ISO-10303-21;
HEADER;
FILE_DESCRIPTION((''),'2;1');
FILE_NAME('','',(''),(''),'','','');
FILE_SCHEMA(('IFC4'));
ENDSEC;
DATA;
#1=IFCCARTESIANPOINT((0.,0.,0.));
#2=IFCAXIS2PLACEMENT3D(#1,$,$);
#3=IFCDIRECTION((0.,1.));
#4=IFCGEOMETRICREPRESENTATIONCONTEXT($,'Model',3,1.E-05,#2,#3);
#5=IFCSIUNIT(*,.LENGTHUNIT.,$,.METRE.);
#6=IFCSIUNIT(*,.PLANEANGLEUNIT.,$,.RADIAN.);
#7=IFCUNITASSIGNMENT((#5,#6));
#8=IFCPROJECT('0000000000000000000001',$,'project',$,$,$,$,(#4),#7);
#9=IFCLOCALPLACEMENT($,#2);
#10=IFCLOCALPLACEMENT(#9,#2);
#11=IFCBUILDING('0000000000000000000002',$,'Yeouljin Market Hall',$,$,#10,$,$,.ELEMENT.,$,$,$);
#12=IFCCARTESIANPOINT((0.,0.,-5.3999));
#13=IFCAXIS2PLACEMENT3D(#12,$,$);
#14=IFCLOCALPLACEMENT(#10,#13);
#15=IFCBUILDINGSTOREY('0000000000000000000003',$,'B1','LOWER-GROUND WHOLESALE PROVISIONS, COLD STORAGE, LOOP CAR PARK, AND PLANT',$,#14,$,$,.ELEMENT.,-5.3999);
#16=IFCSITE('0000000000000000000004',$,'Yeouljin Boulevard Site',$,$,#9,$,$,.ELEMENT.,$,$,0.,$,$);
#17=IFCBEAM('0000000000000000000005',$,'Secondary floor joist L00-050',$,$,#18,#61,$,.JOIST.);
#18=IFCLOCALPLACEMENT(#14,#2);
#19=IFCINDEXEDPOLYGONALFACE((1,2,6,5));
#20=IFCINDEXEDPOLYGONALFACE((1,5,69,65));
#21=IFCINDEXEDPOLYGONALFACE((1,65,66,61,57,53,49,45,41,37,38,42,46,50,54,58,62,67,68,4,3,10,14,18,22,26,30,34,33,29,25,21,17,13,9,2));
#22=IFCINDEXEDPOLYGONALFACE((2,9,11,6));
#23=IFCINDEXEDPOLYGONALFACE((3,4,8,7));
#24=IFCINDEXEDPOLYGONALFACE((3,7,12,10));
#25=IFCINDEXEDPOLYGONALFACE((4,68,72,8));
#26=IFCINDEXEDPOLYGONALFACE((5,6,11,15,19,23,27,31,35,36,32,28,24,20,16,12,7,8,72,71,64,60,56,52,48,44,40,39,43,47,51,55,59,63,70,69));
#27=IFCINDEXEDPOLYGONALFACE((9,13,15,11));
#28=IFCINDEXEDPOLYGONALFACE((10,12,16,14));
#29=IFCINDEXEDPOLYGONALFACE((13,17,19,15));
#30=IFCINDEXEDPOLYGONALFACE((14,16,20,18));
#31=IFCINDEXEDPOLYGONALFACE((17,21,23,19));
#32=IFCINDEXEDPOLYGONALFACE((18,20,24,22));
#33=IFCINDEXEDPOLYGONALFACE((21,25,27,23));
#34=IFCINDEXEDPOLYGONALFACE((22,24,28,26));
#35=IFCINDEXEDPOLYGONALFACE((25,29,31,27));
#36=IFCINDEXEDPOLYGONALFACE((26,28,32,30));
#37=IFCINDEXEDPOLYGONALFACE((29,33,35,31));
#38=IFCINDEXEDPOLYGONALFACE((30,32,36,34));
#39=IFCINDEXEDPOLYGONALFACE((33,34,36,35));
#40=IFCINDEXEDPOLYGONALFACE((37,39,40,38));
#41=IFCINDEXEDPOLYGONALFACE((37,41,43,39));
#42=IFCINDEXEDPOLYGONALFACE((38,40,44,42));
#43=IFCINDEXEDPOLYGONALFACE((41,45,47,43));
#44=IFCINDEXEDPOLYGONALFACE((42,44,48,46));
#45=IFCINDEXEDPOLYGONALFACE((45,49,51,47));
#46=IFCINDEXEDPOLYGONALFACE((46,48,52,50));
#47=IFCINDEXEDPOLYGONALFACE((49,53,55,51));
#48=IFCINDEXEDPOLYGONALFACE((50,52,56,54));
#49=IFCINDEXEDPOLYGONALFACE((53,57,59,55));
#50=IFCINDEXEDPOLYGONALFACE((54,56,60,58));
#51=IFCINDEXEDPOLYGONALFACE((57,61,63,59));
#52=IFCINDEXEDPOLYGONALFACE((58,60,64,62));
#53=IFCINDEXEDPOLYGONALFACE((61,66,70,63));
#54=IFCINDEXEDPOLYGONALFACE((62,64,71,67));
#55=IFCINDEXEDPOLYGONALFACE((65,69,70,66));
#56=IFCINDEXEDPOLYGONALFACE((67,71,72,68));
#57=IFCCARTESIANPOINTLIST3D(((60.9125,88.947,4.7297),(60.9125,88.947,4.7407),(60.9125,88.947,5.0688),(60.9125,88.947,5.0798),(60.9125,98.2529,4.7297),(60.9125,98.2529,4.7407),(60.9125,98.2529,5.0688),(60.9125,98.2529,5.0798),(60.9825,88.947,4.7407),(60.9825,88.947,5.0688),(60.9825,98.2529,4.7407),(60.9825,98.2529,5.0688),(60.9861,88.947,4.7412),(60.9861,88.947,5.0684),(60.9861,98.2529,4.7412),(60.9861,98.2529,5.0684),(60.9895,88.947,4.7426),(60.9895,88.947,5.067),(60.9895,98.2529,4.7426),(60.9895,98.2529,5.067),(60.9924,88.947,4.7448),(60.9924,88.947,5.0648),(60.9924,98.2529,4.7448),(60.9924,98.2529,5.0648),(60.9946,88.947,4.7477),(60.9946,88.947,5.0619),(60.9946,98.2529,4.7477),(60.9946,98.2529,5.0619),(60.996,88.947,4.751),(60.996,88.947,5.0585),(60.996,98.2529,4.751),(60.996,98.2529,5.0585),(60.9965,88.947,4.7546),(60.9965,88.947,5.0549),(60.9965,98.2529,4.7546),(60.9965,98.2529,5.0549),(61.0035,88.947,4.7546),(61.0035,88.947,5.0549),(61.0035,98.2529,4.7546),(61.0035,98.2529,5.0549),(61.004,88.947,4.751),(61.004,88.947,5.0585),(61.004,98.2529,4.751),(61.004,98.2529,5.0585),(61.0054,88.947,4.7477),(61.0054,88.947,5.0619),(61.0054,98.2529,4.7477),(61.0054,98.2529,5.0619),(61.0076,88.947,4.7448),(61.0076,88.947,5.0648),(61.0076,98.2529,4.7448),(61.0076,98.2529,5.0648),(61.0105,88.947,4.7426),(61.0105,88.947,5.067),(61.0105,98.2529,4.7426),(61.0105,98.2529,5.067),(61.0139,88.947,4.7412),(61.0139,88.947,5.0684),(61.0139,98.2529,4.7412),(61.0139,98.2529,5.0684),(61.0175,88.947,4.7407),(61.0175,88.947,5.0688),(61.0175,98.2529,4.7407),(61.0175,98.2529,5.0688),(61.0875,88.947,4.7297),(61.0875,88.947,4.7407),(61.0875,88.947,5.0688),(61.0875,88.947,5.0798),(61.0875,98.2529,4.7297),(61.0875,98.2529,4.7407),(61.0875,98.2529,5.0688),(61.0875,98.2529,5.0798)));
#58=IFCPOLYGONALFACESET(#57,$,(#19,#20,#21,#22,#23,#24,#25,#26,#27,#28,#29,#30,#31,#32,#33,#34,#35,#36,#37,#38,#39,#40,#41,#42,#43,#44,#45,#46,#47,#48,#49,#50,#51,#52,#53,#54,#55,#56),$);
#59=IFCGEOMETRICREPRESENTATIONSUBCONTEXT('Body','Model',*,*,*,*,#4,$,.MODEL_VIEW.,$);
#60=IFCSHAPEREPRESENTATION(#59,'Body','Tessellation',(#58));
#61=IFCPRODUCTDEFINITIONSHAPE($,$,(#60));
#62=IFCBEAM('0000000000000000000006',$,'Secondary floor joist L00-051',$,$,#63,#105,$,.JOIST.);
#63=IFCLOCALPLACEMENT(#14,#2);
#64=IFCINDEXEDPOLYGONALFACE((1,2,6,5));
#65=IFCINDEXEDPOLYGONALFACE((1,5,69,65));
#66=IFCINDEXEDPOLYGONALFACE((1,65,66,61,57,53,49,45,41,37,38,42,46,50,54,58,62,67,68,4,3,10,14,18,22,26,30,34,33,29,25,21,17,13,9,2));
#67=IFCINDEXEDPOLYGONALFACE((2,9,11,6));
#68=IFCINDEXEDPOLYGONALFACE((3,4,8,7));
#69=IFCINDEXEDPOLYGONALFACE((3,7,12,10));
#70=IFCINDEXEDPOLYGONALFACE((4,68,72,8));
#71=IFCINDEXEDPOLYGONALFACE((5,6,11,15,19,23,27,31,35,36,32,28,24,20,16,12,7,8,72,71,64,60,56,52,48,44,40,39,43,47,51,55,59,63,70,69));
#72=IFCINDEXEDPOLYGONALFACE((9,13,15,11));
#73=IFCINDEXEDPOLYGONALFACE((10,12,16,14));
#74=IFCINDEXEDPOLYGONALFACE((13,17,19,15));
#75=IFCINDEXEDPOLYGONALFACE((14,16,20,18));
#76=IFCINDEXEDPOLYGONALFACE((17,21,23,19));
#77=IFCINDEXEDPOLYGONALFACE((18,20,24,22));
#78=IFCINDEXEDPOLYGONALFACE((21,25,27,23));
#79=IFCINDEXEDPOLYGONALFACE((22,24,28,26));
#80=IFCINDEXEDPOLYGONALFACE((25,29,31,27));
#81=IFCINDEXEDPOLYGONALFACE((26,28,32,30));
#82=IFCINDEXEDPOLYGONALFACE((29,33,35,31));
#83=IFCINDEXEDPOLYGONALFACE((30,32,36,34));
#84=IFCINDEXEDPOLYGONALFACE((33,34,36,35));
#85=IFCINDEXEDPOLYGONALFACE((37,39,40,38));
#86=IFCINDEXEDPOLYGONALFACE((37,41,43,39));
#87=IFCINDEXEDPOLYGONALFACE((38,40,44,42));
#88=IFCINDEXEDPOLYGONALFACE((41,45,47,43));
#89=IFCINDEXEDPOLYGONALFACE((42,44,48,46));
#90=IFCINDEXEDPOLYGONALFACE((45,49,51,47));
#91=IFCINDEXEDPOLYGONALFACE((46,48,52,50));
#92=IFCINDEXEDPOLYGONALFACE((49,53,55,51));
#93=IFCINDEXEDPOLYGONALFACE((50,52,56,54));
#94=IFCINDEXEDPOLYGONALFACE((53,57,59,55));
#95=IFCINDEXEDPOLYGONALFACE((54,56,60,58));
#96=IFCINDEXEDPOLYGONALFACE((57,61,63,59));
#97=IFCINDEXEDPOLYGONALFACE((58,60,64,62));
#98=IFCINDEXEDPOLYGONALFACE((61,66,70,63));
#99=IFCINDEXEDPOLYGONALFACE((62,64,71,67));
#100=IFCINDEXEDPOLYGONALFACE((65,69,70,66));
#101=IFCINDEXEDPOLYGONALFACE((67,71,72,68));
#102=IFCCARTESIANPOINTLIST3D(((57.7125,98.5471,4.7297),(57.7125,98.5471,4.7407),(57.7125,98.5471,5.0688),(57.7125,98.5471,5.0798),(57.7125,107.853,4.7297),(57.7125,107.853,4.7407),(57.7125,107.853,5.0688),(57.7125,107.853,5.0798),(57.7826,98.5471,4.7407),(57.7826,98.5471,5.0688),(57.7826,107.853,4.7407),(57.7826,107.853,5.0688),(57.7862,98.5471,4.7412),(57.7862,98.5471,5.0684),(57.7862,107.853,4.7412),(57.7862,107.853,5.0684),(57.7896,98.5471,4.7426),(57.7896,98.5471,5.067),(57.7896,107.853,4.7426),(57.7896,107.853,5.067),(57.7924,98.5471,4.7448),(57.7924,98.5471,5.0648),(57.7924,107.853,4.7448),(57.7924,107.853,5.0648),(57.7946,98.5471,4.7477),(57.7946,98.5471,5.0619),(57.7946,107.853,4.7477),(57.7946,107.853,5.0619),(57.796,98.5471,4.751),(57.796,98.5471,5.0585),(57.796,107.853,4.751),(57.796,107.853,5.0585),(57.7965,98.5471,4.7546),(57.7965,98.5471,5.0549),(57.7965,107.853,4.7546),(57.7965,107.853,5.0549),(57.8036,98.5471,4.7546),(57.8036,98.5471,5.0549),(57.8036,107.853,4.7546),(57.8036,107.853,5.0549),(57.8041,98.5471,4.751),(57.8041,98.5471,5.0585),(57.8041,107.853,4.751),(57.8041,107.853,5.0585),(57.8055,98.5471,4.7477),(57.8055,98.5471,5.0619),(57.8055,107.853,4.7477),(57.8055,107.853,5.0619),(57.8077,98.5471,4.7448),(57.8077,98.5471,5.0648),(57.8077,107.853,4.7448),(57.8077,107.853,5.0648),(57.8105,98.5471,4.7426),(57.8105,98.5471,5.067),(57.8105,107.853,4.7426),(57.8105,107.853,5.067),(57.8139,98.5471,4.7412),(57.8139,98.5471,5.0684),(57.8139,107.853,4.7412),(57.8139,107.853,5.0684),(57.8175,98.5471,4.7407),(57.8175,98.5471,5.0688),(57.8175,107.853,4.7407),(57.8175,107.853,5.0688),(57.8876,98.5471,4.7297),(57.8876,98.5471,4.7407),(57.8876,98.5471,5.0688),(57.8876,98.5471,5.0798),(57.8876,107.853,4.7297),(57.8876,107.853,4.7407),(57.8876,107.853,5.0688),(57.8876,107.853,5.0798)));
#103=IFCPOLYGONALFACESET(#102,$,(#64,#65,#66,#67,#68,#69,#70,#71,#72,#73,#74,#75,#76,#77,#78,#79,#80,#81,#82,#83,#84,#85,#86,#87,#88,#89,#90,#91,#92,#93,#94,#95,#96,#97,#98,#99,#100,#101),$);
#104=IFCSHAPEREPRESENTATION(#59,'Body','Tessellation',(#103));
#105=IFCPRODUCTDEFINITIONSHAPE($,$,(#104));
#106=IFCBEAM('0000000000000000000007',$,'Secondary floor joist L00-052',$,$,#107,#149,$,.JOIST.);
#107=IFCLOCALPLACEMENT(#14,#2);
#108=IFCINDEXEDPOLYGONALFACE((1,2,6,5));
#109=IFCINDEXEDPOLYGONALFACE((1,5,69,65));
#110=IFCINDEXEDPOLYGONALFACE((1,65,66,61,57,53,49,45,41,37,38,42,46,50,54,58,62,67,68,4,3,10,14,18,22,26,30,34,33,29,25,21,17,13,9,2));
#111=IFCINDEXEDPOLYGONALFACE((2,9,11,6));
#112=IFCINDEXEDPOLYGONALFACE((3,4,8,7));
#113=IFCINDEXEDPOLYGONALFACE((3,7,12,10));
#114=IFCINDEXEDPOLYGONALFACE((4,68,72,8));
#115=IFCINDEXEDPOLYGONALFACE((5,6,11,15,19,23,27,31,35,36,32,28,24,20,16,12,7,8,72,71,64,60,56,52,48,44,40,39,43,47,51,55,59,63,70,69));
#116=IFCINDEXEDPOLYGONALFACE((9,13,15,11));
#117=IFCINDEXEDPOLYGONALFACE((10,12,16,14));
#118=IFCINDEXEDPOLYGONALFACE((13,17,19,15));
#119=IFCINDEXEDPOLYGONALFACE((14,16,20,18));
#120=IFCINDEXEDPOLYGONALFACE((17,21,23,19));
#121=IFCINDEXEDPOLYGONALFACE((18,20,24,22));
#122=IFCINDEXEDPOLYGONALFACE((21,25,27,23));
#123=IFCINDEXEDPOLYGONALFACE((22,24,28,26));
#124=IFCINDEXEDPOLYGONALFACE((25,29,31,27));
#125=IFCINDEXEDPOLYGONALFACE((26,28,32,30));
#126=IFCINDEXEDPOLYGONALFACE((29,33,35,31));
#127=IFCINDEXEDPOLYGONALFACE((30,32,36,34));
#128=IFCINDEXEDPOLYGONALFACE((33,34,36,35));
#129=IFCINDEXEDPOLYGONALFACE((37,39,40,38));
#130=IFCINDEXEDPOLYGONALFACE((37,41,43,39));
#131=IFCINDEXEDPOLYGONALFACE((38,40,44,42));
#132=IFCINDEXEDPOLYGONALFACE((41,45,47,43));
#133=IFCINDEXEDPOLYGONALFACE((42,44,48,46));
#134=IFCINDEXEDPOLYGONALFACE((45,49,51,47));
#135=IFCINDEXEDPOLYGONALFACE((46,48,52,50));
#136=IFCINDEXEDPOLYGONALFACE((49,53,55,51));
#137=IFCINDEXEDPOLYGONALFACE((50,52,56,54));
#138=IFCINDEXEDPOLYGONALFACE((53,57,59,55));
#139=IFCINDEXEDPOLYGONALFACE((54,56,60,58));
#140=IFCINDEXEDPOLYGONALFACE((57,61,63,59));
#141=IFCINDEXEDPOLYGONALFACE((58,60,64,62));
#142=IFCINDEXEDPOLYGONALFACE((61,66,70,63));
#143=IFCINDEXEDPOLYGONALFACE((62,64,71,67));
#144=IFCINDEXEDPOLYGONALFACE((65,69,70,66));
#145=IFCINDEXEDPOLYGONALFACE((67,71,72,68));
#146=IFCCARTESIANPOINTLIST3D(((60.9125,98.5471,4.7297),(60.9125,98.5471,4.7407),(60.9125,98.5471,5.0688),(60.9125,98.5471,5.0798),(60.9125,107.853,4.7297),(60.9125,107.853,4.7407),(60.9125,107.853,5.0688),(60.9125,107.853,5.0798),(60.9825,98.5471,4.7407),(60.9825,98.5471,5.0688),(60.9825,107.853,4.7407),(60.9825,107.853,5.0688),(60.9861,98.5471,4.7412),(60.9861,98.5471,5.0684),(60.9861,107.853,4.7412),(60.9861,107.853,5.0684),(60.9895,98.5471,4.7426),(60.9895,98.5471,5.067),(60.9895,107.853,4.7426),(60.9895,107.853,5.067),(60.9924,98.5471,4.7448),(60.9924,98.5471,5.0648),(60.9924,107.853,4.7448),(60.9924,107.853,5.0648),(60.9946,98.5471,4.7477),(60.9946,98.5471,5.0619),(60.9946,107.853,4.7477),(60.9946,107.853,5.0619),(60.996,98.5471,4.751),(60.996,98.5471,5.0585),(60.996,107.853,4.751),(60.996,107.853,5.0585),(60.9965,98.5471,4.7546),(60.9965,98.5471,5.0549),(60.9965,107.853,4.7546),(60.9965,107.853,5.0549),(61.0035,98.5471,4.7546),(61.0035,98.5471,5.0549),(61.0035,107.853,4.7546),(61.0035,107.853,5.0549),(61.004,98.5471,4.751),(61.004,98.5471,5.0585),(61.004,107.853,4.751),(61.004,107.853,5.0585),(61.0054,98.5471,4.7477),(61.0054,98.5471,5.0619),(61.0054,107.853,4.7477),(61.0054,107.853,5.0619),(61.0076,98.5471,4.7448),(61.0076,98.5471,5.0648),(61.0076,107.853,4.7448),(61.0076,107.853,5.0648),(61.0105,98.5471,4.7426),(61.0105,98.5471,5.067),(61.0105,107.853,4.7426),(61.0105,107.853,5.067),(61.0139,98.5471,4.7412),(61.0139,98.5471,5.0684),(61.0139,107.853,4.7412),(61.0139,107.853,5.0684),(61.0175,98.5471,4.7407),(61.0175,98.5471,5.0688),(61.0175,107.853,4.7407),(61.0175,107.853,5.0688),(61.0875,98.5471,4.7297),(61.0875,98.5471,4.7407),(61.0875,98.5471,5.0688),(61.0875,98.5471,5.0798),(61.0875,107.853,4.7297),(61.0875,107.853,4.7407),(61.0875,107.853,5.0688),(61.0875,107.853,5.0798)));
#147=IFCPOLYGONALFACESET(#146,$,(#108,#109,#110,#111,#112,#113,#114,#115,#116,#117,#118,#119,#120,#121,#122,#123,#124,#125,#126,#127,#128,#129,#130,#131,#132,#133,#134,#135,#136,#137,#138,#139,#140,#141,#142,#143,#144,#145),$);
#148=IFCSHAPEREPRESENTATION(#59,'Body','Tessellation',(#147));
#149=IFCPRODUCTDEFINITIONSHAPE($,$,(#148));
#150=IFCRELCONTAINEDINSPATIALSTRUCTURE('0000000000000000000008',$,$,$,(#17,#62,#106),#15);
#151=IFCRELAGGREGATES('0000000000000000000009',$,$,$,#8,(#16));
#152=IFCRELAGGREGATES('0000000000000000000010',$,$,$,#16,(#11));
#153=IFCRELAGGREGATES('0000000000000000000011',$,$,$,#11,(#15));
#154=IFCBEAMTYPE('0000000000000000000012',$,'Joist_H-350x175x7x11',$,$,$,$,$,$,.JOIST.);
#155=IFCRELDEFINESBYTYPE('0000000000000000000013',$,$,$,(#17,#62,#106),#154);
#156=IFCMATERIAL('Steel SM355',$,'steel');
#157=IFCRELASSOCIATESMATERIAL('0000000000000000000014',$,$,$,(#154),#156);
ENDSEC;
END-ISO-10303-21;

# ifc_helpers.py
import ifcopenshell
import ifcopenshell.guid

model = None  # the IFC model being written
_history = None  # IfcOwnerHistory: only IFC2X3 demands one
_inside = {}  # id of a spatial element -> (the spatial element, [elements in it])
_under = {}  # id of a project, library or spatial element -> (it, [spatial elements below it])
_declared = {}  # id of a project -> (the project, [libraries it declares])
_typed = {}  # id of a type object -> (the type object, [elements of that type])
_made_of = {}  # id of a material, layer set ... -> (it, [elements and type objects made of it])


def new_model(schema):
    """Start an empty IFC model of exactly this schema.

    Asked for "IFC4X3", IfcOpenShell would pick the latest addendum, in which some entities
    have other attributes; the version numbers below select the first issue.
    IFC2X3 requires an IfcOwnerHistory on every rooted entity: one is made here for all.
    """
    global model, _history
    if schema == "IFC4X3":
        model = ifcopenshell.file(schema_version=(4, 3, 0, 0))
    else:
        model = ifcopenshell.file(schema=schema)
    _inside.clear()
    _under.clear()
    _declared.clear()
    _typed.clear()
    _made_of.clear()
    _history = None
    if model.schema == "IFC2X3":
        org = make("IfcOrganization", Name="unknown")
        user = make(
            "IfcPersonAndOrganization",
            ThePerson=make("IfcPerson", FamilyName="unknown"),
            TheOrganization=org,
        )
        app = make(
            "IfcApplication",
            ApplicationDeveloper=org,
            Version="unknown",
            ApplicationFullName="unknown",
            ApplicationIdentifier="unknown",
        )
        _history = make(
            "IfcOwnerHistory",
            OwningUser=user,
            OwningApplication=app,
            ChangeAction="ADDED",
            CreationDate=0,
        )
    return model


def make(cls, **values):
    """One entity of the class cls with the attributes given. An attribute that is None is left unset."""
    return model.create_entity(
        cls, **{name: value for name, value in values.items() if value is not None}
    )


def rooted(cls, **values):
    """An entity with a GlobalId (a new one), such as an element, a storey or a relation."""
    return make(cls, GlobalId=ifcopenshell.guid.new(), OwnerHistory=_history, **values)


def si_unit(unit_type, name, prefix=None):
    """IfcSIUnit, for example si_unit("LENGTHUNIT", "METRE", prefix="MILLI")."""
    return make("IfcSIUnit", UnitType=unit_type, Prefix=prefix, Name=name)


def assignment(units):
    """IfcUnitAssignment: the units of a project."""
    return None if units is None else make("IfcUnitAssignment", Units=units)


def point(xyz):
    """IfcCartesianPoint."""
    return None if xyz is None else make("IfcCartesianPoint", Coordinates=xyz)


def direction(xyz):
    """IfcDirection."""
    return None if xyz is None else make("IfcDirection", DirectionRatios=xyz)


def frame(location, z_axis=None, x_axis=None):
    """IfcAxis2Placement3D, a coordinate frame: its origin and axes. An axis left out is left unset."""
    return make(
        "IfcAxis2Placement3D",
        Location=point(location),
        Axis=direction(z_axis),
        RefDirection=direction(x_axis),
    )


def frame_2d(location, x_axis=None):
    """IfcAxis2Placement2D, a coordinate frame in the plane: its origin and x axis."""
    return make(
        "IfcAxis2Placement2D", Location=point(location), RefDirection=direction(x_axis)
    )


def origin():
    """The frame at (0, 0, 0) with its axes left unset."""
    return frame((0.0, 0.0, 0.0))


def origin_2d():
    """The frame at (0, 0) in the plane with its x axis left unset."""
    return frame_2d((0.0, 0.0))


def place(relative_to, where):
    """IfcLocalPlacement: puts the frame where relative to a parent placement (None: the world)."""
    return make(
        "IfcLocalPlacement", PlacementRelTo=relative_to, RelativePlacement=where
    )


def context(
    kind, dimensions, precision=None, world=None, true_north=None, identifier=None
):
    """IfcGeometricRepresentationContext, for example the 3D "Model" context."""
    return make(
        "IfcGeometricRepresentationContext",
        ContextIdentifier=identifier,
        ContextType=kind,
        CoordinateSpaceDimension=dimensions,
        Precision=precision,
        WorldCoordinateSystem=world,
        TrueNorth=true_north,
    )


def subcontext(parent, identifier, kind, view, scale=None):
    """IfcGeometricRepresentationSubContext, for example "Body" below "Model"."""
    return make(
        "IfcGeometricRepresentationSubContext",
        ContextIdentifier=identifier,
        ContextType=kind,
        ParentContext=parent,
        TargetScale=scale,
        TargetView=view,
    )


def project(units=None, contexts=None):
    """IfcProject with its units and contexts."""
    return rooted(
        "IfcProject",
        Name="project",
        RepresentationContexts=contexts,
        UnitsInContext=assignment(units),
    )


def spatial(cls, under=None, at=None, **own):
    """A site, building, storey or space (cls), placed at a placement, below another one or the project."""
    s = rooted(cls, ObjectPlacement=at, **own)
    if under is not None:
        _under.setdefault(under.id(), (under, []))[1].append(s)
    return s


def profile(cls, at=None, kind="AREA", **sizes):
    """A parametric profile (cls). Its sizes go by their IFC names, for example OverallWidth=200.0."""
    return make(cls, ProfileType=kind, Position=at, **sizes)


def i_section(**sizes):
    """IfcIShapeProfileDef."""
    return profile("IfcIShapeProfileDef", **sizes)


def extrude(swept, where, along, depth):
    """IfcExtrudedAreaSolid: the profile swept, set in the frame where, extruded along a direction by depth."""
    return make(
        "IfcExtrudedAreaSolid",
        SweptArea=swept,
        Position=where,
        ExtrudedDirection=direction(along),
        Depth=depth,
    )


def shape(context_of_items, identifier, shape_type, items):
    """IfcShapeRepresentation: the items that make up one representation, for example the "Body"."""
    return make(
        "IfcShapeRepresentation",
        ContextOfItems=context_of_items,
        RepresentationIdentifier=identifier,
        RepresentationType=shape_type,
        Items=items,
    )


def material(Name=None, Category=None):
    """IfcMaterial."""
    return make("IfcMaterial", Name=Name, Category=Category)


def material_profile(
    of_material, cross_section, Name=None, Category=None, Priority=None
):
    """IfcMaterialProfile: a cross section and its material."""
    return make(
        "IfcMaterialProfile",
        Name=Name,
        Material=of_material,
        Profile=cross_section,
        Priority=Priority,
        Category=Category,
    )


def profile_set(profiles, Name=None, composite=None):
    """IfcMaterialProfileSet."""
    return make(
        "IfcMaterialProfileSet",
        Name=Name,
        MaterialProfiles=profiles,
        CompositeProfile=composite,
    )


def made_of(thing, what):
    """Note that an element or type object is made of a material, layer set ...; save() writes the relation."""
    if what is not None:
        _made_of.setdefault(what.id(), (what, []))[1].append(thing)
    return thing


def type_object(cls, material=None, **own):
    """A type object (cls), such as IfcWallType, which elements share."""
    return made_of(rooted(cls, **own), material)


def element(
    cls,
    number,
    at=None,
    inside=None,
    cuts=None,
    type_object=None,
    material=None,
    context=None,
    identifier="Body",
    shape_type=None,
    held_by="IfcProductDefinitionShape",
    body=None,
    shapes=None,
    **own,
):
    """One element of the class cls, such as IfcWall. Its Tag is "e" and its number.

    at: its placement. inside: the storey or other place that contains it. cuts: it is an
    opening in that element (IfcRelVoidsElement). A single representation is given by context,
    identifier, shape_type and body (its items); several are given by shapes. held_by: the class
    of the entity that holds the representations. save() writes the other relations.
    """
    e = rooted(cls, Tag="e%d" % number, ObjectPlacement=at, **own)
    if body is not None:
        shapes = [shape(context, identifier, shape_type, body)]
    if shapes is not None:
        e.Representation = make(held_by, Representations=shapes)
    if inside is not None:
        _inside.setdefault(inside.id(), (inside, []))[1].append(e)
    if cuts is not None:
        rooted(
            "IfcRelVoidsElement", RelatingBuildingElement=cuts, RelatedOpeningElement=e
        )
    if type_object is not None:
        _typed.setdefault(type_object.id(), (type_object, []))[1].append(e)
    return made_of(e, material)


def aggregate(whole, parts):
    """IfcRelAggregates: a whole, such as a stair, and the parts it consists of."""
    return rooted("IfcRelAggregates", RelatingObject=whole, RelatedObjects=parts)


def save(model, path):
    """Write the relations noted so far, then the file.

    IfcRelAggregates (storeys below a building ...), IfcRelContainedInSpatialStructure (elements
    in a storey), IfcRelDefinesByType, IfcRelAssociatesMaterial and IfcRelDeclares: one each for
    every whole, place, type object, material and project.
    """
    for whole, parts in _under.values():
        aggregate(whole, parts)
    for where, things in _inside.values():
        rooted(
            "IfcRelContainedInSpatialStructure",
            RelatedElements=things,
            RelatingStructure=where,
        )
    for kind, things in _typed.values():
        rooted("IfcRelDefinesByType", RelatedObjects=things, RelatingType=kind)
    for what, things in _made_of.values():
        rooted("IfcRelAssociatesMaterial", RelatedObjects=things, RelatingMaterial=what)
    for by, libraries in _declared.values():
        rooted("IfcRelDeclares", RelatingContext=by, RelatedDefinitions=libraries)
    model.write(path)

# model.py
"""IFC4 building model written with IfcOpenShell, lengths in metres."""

from ifc_helpers import new_model, si_unit, direction, frame, origin, origin_2d, place, context, subcontext, project, spatial, i_section, extrude, material, material_profile, profile_set, type_object, element, save


model = new_model("IFC4")

# Units and contexts
model_context = context("Model", 3, precision=1e-05, world=origin(), true_north=direction((0.0, 1.0)))
body_context = subcontext(model_context, "Body", "Model", "MODEL_VIEW")
ifc_project = project(units=[si_unit("LENGTHUNIT", "METRE"), si_unit("PLANEANGLEUNIT", "RADIAN")], contexts=[model_context])

# Site, building, storey
site_placement = place(None, origin())
site = spatial("IfcSite", under=ifc_project, at=site_placement, Name="Yeouljin Boulevard Site", CompositionType="ELEMENT", RefElevation=0.0)
building_placement = place(site_placement, origin())
building = spatial("IfcBuilding", under=site, at=building_placement, Name="Yeouljin Market Hall", CompositionType="ELEMENT")
storey_placement = place(building_placement, frame((0.0, 0.0, -5.3999)))
storey = spatial("IfcBuildingStorey", under=building, at=storey_placement, Name="B1", Description="LOWER-GROUND WHOLESALE PROVISIONS, COLD STORAGE, LOOP CAR PARK, AND PLANT", CompositionType="ELEMENT", Elevation=-5.3999)

# Beams
ifc_material_1 = material(Name="Steel SM355", Category="steel")
ifc_material_profile_1 = material_profile(ifc_material_1, i_section(OverallWidth=0.175, OverallDepth=0.3501, WebThickness=0.0071, FlangeThickness=0.011, FilletRadius=0.0139, at=origin_2d()), Name="H-350x175x7x11")
ifc_profile_set_1 = profile_set([ifc_material_profile_1], Name="Steel SM355")
beam_type_1 = type_object("IfcBeamType", Name="Joist_H-350x175x7x11", PredefinedType="JOIST", material=ifc_profile_set_1)
for number, where, z_axis, x_axis, name in (
    (1, (61.0, 88.947, 4.9048), (0.0, 1.0, 0.0), (-1.0, 0.0, 0.0), "Secondary floor joist L00-050"),
    (2, (57.8, 98.5471, 4.9048), (0.0, 1.0, 0.0), (-1.0, 0.0, 0.0), "Secondary floor joist L00-051"),
    (3, (61.0, 98.5471, 4.9048), (0.0, 1.0, 0.0), (-1.0, 0.0, 0.0), "Secondary floor joist L00-052"),
):
    element("IfcBeam", number, at=place(storey_placement, frame(where, z_axis=z_axis, x_axis=x_axis)), inside=storey, type_object=beam_type_1, Name=name, PredefinedType="JOIST", context=body_context, shape_type="SweptSolid", body=[
        extrude(i_section(OverallWidth=0.175, OverallDepth=0.3501, WebThickness=0.0071, FlangeThickness=0.011, FilletRadius=0.0139, at=origin_2d()), origin(), (0.0, 0.0, 1.0), 9.3059),
    ])

save(model, "model.ifc")
